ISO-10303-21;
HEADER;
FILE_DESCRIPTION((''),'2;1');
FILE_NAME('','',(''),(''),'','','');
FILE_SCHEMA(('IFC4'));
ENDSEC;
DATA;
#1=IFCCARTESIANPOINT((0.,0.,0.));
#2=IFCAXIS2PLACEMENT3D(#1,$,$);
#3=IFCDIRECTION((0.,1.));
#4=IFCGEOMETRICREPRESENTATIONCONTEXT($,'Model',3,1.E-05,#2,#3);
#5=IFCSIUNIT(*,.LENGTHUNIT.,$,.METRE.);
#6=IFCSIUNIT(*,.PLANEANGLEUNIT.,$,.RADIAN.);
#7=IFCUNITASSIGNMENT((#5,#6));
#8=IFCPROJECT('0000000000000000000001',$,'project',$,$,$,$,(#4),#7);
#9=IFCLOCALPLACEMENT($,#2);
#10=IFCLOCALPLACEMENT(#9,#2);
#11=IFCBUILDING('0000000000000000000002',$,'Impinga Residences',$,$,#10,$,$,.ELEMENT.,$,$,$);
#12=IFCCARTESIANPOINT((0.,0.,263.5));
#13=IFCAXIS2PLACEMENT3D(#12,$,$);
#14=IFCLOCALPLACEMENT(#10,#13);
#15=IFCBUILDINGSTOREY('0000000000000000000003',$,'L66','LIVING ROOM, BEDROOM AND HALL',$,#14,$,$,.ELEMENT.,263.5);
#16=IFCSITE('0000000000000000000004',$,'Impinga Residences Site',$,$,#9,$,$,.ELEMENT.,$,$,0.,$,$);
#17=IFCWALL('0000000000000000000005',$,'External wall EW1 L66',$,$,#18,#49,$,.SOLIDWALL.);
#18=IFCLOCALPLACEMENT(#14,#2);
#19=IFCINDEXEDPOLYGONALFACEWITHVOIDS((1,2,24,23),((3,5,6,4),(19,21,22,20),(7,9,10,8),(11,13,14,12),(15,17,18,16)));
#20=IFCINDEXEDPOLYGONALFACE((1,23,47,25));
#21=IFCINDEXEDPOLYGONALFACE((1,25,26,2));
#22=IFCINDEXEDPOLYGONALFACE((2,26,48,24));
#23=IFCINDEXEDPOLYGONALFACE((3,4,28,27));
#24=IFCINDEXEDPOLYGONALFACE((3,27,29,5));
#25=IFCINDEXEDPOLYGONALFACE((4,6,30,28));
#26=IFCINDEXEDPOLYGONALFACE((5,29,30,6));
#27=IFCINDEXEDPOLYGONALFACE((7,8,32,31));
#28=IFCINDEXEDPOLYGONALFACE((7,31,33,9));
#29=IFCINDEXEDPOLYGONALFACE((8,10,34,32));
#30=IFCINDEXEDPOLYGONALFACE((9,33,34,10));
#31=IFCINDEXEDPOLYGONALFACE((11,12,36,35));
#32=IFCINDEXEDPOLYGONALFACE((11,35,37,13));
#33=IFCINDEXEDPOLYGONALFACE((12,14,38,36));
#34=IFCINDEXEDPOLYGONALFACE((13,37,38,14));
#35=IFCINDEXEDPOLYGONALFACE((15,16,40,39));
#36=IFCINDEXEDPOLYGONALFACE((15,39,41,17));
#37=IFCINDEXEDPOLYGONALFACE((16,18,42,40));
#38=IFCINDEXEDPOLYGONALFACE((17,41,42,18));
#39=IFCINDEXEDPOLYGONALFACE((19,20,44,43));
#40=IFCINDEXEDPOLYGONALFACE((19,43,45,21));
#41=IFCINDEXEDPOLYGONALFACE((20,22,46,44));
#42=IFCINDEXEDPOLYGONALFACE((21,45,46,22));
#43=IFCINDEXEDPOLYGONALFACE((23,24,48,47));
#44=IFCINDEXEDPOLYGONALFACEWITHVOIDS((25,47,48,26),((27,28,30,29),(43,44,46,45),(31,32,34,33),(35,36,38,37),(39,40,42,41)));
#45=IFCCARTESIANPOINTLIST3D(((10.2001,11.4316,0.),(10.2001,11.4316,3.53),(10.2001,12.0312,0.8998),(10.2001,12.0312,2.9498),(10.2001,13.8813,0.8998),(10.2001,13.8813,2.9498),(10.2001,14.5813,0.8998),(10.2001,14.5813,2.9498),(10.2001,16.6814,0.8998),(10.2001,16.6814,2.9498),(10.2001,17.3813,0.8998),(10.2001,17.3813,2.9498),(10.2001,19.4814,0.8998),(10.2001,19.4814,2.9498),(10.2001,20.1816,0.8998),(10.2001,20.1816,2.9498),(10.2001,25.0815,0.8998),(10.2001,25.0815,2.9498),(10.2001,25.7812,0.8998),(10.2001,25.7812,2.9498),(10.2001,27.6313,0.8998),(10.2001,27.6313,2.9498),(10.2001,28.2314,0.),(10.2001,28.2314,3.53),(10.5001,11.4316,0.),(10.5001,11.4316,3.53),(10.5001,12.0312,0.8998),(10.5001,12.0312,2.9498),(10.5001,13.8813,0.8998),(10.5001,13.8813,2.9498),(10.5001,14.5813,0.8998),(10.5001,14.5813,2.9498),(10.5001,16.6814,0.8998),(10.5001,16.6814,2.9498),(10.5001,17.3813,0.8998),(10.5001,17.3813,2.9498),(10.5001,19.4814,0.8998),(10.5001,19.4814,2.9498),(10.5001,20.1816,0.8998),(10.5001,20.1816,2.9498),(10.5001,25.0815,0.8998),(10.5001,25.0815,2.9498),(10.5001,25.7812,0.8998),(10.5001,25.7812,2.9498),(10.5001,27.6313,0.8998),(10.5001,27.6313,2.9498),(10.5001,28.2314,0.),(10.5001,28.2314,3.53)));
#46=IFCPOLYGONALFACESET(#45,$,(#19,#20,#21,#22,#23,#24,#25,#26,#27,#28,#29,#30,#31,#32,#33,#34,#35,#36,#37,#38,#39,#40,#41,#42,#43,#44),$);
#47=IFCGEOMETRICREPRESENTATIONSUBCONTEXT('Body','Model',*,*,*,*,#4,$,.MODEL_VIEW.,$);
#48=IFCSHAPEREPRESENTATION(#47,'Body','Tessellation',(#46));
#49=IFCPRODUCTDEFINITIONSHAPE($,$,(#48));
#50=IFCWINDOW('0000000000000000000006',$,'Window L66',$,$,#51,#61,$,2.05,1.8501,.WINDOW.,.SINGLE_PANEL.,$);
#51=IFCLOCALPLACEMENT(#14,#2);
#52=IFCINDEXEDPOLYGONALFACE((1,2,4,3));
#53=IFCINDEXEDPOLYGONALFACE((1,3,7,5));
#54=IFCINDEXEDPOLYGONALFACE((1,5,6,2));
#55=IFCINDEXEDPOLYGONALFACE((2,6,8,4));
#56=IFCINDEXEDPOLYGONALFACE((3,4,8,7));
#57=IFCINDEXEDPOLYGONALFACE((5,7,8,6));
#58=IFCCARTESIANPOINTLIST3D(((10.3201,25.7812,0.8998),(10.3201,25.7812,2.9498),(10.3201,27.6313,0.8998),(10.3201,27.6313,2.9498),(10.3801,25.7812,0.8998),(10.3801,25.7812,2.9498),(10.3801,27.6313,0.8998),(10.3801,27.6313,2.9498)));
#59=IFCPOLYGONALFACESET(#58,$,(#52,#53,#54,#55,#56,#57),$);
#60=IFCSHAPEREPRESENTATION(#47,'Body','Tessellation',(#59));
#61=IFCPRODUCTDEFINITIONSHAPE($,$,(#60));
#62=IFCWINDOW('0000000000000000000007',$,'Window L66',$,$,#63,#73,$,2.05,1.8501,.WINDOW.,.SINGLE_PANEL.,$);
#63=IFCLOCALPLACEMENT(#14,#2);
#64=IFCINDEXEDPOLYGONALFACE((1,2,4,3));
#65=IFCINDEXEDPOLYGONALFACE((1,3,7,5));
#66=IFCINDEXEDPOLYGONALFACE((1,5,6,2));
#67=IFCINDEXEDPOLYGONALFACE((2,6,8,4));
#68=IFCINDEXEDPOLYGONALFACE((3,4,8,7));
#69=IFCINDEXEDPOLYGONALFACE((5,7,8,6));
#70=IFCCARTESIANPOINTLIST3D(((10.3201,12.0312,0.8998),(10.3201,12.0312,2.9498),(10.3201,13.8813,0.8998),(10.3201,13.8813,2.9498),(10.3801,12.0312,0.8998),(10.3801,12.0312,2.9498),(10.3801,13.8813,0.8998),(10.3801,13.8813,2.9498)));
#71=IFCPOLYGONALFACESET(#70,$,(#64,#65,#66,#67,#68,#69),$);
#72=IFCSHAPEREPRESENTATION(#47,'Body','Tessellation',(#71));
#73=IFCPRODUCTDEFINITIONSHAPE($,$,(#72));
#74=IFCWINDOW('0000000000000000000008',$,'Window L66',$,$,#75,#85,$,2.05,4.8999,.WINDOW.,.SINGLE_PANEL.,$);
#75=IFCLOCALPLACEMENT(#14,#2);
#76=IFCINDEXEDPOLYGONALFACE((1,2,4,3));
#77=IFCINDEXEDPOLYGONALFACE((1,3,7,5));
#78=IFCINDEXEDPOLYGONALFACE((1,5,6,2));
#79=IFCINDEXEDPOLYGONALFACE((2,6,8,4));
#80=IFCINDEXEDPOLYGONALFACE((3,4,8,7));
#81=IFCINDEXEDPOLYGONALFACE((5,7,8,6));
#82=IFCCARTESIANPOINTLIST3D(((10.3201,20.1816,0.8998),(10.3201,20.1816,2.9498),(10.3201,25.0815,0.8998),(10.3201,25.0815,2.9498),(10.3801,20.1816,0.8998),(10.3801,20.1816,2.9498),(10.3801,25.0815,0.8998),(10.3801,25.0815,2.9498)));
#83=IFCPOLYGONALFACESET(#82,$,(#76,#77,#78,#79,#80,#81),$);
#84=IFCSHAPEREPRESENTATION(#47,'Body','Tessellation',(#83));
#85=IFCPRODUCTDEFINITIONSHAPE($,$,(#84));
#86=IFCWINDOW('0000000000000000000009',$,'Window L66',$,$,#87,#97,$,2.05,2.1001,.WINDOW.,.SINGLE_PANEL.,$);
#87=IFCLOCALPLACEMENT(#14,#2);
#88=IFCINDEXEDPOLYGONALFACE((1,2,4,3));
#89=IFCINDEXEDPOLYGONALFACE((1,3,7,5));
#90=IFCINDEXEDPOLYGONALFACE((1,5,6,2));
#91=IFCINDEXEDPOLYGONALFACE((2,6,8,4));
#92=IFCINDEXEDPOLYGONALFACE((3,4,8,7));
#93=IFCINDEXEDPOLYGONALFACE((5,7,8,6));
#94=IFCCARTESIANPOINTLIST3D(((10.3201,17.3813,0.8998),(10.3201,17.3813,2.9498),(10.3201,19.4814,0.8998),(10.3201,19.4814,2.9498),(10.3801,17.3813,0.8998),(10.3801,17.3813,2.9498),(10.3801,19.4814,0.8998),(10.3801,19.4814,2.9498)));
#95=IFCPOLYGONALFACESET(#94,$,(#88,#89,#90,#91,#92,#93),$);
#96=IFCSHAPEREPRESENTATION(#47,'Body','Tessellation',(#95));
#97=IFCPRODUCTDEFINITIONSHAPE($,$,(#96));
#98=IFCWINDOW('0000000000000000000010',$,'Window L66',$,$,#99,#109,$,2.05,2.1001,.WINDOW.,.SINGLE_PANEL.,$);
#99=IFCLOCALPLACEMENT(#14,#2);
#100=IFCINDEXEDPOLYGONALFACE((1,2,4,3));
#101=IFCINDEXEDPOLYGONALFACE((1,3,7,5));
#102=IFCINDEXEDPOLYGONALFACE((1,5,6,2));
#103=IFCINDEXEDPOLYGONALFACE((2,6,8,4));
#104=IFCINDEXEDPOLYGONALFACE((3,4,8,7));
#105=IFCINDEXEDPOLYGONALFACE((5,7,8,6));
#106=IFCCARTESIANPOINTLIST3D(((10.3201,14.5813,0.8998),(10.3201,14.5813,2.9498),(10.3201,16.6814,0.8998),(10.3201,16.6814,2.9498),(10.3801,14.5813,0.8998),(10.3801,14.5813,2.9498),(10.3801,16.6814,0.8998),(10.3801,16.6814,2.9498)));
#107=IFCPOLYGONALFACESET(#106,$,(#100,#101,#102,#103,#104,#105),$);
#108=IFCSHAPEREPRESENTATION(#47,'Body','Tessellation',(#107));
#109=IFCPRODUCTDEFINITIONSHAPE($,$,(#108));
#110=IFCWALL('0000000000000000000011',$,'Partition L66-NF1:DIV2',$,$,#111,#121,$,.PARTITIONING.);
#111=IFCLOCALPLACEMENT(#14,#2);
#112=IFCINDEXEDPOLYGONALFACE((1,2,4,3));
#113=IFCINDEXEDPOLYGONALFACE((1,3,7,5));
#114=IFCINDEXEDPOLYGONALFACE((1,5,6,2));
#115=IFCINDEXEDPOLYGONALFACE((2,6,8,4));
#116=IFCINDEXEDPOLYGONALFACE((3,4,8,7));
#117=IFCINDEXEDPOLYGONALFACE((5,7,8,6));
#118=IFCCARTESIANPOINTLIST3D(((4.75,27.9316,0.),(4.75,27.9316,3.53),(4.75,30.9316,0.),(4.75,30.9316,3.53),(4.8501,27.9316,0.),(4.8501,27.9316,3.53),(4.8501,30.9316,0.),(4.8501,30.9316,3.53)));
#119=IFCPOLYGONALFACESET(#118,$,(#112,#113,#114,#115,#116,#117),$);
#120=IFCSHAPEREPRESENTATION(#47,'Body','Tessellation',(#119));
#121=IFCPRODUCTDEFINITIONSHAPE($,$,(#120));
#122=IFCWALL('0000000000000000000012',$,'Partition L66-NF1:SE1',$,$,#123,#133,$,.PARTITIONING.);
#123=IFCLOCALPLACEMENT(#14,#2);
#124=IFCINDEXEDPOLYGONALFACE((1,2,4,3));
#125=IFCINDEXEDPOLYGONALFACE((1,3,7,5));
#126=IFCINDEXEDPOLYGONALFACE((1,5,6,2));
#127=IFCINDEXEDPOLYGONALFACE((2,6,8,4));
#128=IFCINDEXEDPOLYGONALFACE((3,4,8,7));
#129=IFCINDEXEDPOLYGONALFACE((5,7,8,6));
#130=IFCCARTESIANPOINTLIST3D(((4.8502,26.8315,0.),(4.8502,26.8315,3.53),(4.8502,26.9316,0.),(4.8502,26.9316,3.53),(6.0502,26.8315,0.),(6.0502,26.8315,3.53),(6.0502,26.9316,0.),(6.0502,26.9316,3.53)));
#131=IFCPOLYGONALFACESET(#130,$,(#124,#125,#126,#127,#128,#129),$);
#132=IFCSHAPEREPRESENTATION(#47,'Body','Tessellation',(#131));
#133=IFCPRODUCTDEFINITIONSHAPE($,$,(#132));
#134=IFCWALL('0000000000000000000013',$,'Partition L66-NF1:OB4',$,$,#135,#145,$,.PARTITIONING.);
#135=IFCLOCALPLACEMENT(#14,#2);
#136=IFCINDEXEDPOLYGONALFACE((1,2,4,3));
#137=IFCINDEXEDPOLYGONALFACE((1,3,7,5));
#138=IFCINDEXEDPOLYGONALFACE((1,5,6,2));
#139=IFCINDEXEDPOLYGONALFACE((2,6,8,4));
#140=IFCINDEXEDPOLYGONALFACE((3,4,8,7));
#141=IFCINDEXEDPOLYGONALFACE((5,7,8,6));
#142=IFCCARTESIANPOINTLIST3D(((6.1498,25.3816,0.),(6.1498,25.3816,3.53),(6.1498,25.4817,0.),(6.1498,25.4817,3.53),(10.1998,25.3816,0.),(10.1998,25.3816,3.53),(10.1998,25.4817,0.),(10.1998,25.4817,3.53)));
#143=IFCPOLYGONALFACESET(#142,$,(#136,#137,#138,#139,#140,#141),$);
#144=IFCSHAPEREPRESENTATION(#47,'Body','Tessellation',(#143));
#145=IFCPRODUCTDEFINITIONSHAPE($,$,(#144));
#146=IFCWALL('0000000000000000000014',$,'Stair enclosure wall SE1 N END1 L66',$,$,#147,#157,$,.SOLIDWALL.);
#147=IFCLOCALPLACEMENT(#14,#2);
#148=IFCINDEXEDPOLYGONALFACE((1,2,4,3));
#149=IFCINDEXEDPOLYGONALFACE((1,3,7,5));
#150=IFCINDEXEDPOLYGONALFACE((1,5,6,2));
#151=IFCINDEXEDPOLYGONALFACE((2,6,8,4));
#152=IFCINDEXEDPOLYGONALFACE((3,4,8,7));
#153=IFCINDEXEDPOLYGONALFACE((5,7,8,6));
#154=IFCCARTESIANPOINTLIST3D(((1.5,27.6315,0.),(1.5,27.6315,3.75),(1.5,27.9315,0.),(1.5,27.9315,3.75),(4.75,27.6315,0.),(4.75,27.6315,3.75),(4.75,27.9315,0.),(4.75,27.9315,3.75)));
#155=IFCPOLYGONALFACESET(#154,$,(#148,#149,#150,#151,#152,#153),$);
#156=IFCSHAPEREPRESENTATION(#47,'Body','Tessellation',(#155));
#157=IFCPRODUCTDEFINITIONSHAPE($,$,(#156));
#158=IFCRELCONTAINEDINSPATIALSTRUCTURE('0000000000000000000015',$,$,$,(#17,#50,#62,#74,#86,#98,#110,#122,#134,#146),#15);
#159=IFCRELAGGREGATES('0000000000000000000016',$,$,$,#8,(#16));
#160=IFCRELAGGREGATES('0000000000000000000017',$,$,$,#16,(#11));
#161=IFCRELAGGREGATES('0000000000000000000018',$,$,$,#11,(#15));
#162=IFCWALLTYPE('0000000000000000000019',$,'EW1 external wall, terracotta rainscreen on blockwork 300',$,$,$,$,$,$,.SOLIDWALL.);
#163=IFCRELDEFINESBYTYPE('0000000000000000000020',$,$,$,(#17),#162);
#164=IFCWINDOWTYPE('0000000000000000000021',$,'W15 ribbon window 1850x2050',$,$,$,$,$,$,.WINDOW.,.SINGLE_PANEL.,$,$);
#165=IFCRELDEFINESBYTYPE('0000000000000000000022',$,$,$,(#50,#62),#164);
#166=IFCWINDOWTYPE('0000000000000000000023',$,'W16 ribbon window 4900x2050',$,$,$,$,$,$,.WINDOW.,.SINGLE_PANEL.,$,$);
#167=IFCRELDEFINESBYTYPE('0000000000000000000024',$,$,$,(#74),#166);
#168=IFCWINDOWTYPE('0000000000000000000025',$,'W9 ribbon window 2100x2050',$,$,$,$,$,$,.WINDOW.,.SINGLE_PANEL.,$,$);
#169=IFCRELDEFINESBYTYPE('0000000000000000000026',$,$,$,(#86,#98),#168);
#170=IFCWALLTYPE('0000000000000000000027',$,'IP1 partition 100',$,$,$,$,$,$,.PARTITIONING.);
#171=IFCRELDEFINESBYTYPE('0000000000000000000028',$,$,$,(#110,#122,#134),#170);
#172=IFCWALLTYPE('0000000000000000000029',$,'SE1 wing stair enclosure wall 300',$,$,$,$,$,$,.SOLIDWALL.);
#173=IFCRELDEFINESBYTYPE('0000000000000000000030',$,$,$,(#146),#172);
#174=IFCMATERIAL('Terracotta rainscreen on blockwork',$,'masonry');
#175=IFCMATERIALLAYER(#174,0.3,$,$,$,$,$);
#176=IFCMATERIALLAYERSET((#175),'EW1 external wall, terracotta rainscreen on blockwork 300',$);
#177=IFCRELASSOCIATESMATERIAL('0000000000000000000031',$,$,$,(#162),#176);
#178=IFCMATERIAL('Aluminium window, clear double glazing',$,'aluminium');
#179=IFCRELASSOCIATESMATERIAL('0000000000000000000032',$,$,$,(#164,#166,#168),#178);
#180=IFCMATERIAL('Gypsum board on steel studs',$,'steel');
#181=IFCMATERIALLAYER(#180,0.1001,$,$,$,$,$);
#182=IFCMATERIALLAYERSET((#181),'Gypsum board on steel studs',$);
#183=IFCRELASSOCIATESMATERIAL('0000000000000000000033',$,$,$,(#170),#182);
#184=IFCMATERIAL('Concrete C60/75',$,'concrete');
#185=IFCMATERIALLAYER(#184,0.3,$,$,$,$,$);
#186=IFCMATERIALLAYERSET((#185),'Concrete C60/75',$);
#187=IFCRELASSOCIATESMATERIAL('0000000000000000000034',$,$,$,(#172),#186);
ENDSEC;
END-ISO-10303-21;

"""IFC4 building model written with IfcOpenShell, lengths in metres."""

from ifc_helpers import new_model, si_unit, direction, frame, frame_2d, origin, place, context, subcontext, project, spatial, rectangle, extrude, material, layer, layer_set, type_object, element, fill, save


model = new_model("IFC4")

# Units and contexts
model_context = context("Model", 3, precision=1e-05, world=origin(), true_north=direction((0.0, 1.0)))
body_context = subcontext(model_context, "Body", "Model", "MODEL_VIEW")
ifc_project = project(units=[si_unit("LENGTHUNIT", "METRE"), si_unit("PLANEANGLEUNIT", "RADIAN")], contexts=[model_context])

# Site, building, storey
site_placement = place(None, origin())
site = spatial("IfcSite", under=ifc_project, at=site_placement, Name="Impinga Residences Site", CompositionType="ELEMENT", RefElevation=0.0)
building_placement = place(site_placement, origin())
building = spatial("IfcBuilding", under=site, at=building_placement, Name="Impinga Residences", CompositionType="ELEMENT")
storey_placement = place(building_placement, frame((0.0, 0.0, 263.5)))
storey = spatial("IfcBuildingStorey", under=building, at=storey_placement, Name="L66", Description="LIVING ROOM, BEDROOM AND HALL", CompositionType="ELEMENT", Elevation=263.5)

# Shared definitions
ifc_material_1 = material(Name="Concrete C60/75", Category="concrete")

# Shared definitions
ifc_material_2 = material(Name="Terracotta rainscreen on blockwork", Category="masonry")
ifc_layer_1 = layer(ifc_material_2, 0.3)
ifc_layer_set_1 = layer_set([ifc_layer_1], Name="EW1 external wall, terracotta rainscreen on blockwork 300")
wall_type_1 = type_object("IfcWallType", Name="EW1 external wall, terracotta rainscreen on blockwork 300", PredefinedType="SOLIDWALL", material=ifc_layer_set_1)

# Wall, openings, windows
wall_1_placement = place(storey_placement, frame((10.3501, 28.2314, 0.0), z_axis=(0.0, 0.0, 1.0), x_axis=(0.0, -1.0, 0.0)))
wall_1 = element("IfcWall", 1, at=wall_1_placement, inside=storey, type_object=wall_type_1, Name="External wall EW1 L66", PredefinedType="SOLIDWALL", context=body_context, shape_type="SweptSolid", body=[
    extrude(rectangle(XDim=16.7998, YDim=0.3, at=frame_2d((8.3999, 0.0))), origin(), (0.0, 0.0, 1.0), 3.53),
])
opening_1_placement = place(wall_1_placement, frame((0.6001, 0.0, 0.8999)))
opening_1 = element("IfcOpeningElement", 2, at=opening_1_placement, cuts=wall_1, PredefinedType="OPENING", context=body_context, shape_type="SweptSolid", body=[
    extrude(rectangle(XDim=1.8501, YDim=2.05, at=frame_2d((0.925, 1.0249))), frame((0.0, 0.1599, 0.0), z_axis=(0.0, -1.0, 0.0), x_axis=(1.0, 0.0, 0.0)), (0.0, 0.0, 1.0), 0.3201),
])
opening_2_placement = place(wall_1_placement, frame((3.1499, 0.0, 0.8999)))
opening_2 = element("IfcOpeningElement", 3, at=opening_2_placement, cuts=wall_1, PredefinedType="OPENING", context=body_context, shape_type="SweptSolid", body=[
    extrude(rectangle(XDim=4.8999, YDim=2.05, at=frame_2d((2.45, 1.0249))), frame((0.0, 0.1599, 0.0), z_axis=(0.0, -1.0, 0.0), x_axis=(1.0, 0.0, 0.0)), (0.0, 0.0, 1.0), 0.3201),
])
opening_3_placement = place(wall_1_placement, frame((8.75, 0.0, 0.8999)))
opening_3 = element("IfcOpeningElement", 4, at=opening_3_placement, cuts=wall_1, PredefinedType="OPENING", context=body_context, shape_type="SweptSolid", body=[
    extrude(rectangle(XDim=2.1001, YDim=2.05, at=frame_2d((1.05, 1.0249))), frame((0.0, 0.1599, 0.0), z_axis=(0.0, -1.0, 0.0), x_axis=(1.0, 0.0, 0.0)), (0.0, 0.0, 1.0), 0.3201),
])
opening_4_placement = place(wall_1_placement, frame((11.55, 0.0, 0.8999)))
opening_4 = element("IfcOpeningElement", 5, at=opening_4_placement, cuts=wall_1, PredefinedType="OPENING", context=body_context, shape_type="SweptSolid", body=[
    extrude(rectangle(XDim=2.1001, YDim=2.05, at=frame_2d((1.05, 1.0249))), frame((0.0, 0.1599, 0.0), z_axis=(0.0, -1.0, 0.0), x_axis=(1.0, 0.0, 0.0)), (0.0, 0.0, 1.0), 0.3201),
])
opening_5_placement = place(wall_1_placement, frame((14.3501, 0.0, 0.8999)))
opening_5 = element("IfcOpeningElement", 6, at=opening_5_placement, cuts=wall_1, PredefinedType="OPENING", context=body_context, shape_type="SweptSolid", body=[
    extrude(rectangle(XDim=1.8501, YDim=2.05, at=frame_2d((0.925, 1.0249))), frame((0.0, 0.1599, 0.0), z_axis=(0.0, -1.0, 0.0), x_axis=(1.0, 0.0, 0.0)), (0.0, 0.0, 1.0), 0.3201),
])
ifc_material_3 = material(Name="Aluminium window, clear double glazing", Category="aluminium")
window_type_1 = type_object("IfcWindowType", Name="W15 ribbon window 1850x2050", PartitioningType="SINGLE_PANEL", PredefinedType="WINDOW", material=ifc_material_3)
window_1_placement = place(opening_1_placement, origin())
window_1 = element("IfcWindow", 7, at=window_1_placement, inside=storey, type_object=window_type_1, Name="Window L66", OverallHeight=2.05, OverallWidth=1.8501, PartitioningType="SINGLE_PANEL", PredefinedType="WINDOW", context=body_context, shape_type="SweptSolid", body=[
    extrude(rectangle(XDim=1.8501, YDim=2.05, at=frame_2d((0.925, 1.0249))), frame((0.0, 0.03, 0.0), z_axis=(0.0, -1.0, 0.0), x_axis=(1.0, 0.0, 0.0)), (0.0, 0.0, 1.0), 0.0601),
])
fill(opening_1, window_1)
window_2_placement = place(opening_5_placement, origin())
window_2 = element("IfcWindow", 8, at=window_2_placement, inside=storey, type_object=window_type_1, Name="Window L66", OverallHeight=2.05, OverallWidth=1.8501, PartitioningType="SINGLE_PANEL", PredefinedType="WINDOW", context=body_context, shape_type="SweptSolid", body=[
    extrude(rectangle(XDim=1.8501, YDim=2.05, at=frame_2d((0.925, 1.0249))), frame((0.0, 0.03, 0.0), z_axis=(0.0, -1.0, 0.0), x_axis=(1.0, 0.0, 0.0)), (0.0, 0.0, 1.0), 0.0601),
])
fill(opening_5, window_2)
window_type_2 = type_object("IfcWindowType", Name="W16 ribbon window 4900x2050", PartitioningType="SINGLE_PANEL", PredefinedType="WINDOW", material=ifc_material_3)
window_3_placement = place(opening_2_placement, origin())
window_3 = element("IfcWindow", 9, at=window_3_placement, inside=storey, type_object=window_type_2, Name="Window L66", OverallHeight=2.05, OverallWidth=4.8999, PartitioningType="SINGLE_PANEL", PredefinedType="WINDOW", context=body_context, shape_type="SweptSolid", body=[
    extrude(rectangle(XDim=4.8999, YDim=2.05, at=frame_2d((2.45, 1.0249))), frame((0.0, 0.03, 0.0), z_axis=(0.0, -1.0, 0.0), x_axis=(1.0, 0.0, 0.0)), (0.0, 0.0, 1.0), 0.0601),
])
fill(opening_2, window_3)
window_type_3 = type_object("IfcWindowType", Name="W9 ribbon window 2100x2050", PartitioningType="SINGLE_PANEL", PredefinedType="WINDOW", material=ifc_material_3)
window_4_placement = place(opening_3_placement, origin())
window_4 = element("IfcWindow", 10, at=window_4_placement, inside=storey, type_object=window_type_3, Name="Window L66", OverallHeight=2.05, OverallWidth=2.1001, PartitioningType="SINGLE_PANEL", PredefinedType="WINDOW", context=body_context, shape_type="SweptSolid", body=[
    extrude(rectangle(XDim=2.1001, YDim=2.05, at=frame_2d((1.05, 1.0249))), frame((0.0, 0.03, 0.0), z_axis=(0.0, -1.0, 0.0), x_axis=(1.0, 0.0, 0.0)), (0.0, 0.0, 1.0), 0.0601),
])
fill(opening_3, window_4)
window_5_placement = place(opening_4_placement, origin())
window_5 = element("IfcWindow", 11, at=window_5_placement, inside=storey, type_object=window_type_3, Name="Window L66", OverallHeight=2.05, OverallWidth=2.1001, PartitioningType="SINGLE_PANEL", PredefinedType="WINDOW", context=body_context, shape_type="SweptSolid", body=[
    extrude(rectangle(XDim=2.1001, YDim=2.05, at=frame_2d((1.05, 1.0249))), frame((0.0, 0.03, 0.0), z_axis=(0.0, -1.0, 0.0), x_axis=(1.0, 0.0, 0.0)), (0.0, 0.0, 1.0), 0.0601),
])
fill(opening_4, window_5)

# Walls
ifc_material_4 = material(Name="Gypsum board on steel studs", Category="steel")
ifc_layer_2 = layer(ifc_material_4, 0.1001)
ifc_layer_set_2 = layer_set([ifc_layer_2], Name="Gypsum board on steel studs")
wall_type_2 = type_object("IfcWallType", Name="IP1 partition 100", PredefinedType="PARTITIONING", material=ifc_layer_set_2)
wall_2_placement = place(storey_placement, frame((4.8, 27.9316, 0.0), z_axis=(0.0, 0.0, 1.0), x_axis=(0.0, 1.0, 0.0)))
element("IfcWall", 12, at=wall_2_placement, inside=storey, type_object=wall_type_2, Name="Partition L66-NF1:DIV2", PredefinedType="PARTITIONING", context=body_context, shape_type="SweptSolid", body=[
    extrude(rectangle(XDim=3.0, YDim=0.1001, at=frame_2d((1.5, 0.0))), origin(), (0.0, 0.0, 1.0), 3.53),
])
wall_3_placement = place(storey_placement, frame((4.8501, 26.8816, 0.0), z_axis=(0.0, 0.0, 1.0), x_axis=(1.0, 0.0, 0.0)))
element("IfcWall", 13, at=wall_3_placement, inside=storey, type_object=wall_type_2, Name="Partition L66-NF1:SE1", PredefinedType="PARTITIONING", context=body_context, shape_type="SweptSolid", body=[
    extrude(rectangle(XDim=1.2, YDim=0.1001, at=frame_2d((0.6001, 0.0))), origin(), (0.0, 0.0, 1.0), 3.53),
])
wall_4_placement = place(storey_placement, frame((6.1499, 25.4316, 0.0), z_axis=(0.0, 0.0, 1.0), x_axis=(1.0, 0.0, 0.0)))
element("IfcWall", 14, at=wall_4_placement, inside=storey, type_object=wall_type_2, Name="Partition L66-NF1:OB4", PredefinedType="PARTITIONING", context=body_context, shape_type="SweptSolid", body=[
    extrude(rectangle(XDim=4.05, YDim=0.1001, at=frame_2d((2.0249, 0.0))), origin(), (0.0, 0.0, 1.0), 3.53),
])
ifc_layer_3 = layer(ifc_material_1, 0.3)
ifc_layer_set_3 = layer_set([ifc_layer_3], Name="Concrete C60/75")
wall_type_3 = type_object("IfcWallType", Name="SE1 wing stair enclosure wall 300", PredefinedType="SOLIDWALL", material=ifc_layer_set_3)
wall_5_placement = place(storey_placement, frame((1.5, 27.7815, 0.0), z_axis=(0.0, 0.0, 1.0), x_axis=(1.0, 0.0, 0.0)))
element("IfcWall", 15, at=wall_5_placement, inside=storey, type_object=wall_type_3, Name="Stair enclosure wall SE1 N END1 L66", PredefinedType="SOLIDWALL", context=body_context, shape_type="SweptSolid", body=[
    extrude(rectangle(XDim=3.25, YDim=0.3, at=frame_2d((1.625, 0.0))), origin(), (0.0, 0.0, 1.0), 3.75),
])

save(model, "model.ifc")
